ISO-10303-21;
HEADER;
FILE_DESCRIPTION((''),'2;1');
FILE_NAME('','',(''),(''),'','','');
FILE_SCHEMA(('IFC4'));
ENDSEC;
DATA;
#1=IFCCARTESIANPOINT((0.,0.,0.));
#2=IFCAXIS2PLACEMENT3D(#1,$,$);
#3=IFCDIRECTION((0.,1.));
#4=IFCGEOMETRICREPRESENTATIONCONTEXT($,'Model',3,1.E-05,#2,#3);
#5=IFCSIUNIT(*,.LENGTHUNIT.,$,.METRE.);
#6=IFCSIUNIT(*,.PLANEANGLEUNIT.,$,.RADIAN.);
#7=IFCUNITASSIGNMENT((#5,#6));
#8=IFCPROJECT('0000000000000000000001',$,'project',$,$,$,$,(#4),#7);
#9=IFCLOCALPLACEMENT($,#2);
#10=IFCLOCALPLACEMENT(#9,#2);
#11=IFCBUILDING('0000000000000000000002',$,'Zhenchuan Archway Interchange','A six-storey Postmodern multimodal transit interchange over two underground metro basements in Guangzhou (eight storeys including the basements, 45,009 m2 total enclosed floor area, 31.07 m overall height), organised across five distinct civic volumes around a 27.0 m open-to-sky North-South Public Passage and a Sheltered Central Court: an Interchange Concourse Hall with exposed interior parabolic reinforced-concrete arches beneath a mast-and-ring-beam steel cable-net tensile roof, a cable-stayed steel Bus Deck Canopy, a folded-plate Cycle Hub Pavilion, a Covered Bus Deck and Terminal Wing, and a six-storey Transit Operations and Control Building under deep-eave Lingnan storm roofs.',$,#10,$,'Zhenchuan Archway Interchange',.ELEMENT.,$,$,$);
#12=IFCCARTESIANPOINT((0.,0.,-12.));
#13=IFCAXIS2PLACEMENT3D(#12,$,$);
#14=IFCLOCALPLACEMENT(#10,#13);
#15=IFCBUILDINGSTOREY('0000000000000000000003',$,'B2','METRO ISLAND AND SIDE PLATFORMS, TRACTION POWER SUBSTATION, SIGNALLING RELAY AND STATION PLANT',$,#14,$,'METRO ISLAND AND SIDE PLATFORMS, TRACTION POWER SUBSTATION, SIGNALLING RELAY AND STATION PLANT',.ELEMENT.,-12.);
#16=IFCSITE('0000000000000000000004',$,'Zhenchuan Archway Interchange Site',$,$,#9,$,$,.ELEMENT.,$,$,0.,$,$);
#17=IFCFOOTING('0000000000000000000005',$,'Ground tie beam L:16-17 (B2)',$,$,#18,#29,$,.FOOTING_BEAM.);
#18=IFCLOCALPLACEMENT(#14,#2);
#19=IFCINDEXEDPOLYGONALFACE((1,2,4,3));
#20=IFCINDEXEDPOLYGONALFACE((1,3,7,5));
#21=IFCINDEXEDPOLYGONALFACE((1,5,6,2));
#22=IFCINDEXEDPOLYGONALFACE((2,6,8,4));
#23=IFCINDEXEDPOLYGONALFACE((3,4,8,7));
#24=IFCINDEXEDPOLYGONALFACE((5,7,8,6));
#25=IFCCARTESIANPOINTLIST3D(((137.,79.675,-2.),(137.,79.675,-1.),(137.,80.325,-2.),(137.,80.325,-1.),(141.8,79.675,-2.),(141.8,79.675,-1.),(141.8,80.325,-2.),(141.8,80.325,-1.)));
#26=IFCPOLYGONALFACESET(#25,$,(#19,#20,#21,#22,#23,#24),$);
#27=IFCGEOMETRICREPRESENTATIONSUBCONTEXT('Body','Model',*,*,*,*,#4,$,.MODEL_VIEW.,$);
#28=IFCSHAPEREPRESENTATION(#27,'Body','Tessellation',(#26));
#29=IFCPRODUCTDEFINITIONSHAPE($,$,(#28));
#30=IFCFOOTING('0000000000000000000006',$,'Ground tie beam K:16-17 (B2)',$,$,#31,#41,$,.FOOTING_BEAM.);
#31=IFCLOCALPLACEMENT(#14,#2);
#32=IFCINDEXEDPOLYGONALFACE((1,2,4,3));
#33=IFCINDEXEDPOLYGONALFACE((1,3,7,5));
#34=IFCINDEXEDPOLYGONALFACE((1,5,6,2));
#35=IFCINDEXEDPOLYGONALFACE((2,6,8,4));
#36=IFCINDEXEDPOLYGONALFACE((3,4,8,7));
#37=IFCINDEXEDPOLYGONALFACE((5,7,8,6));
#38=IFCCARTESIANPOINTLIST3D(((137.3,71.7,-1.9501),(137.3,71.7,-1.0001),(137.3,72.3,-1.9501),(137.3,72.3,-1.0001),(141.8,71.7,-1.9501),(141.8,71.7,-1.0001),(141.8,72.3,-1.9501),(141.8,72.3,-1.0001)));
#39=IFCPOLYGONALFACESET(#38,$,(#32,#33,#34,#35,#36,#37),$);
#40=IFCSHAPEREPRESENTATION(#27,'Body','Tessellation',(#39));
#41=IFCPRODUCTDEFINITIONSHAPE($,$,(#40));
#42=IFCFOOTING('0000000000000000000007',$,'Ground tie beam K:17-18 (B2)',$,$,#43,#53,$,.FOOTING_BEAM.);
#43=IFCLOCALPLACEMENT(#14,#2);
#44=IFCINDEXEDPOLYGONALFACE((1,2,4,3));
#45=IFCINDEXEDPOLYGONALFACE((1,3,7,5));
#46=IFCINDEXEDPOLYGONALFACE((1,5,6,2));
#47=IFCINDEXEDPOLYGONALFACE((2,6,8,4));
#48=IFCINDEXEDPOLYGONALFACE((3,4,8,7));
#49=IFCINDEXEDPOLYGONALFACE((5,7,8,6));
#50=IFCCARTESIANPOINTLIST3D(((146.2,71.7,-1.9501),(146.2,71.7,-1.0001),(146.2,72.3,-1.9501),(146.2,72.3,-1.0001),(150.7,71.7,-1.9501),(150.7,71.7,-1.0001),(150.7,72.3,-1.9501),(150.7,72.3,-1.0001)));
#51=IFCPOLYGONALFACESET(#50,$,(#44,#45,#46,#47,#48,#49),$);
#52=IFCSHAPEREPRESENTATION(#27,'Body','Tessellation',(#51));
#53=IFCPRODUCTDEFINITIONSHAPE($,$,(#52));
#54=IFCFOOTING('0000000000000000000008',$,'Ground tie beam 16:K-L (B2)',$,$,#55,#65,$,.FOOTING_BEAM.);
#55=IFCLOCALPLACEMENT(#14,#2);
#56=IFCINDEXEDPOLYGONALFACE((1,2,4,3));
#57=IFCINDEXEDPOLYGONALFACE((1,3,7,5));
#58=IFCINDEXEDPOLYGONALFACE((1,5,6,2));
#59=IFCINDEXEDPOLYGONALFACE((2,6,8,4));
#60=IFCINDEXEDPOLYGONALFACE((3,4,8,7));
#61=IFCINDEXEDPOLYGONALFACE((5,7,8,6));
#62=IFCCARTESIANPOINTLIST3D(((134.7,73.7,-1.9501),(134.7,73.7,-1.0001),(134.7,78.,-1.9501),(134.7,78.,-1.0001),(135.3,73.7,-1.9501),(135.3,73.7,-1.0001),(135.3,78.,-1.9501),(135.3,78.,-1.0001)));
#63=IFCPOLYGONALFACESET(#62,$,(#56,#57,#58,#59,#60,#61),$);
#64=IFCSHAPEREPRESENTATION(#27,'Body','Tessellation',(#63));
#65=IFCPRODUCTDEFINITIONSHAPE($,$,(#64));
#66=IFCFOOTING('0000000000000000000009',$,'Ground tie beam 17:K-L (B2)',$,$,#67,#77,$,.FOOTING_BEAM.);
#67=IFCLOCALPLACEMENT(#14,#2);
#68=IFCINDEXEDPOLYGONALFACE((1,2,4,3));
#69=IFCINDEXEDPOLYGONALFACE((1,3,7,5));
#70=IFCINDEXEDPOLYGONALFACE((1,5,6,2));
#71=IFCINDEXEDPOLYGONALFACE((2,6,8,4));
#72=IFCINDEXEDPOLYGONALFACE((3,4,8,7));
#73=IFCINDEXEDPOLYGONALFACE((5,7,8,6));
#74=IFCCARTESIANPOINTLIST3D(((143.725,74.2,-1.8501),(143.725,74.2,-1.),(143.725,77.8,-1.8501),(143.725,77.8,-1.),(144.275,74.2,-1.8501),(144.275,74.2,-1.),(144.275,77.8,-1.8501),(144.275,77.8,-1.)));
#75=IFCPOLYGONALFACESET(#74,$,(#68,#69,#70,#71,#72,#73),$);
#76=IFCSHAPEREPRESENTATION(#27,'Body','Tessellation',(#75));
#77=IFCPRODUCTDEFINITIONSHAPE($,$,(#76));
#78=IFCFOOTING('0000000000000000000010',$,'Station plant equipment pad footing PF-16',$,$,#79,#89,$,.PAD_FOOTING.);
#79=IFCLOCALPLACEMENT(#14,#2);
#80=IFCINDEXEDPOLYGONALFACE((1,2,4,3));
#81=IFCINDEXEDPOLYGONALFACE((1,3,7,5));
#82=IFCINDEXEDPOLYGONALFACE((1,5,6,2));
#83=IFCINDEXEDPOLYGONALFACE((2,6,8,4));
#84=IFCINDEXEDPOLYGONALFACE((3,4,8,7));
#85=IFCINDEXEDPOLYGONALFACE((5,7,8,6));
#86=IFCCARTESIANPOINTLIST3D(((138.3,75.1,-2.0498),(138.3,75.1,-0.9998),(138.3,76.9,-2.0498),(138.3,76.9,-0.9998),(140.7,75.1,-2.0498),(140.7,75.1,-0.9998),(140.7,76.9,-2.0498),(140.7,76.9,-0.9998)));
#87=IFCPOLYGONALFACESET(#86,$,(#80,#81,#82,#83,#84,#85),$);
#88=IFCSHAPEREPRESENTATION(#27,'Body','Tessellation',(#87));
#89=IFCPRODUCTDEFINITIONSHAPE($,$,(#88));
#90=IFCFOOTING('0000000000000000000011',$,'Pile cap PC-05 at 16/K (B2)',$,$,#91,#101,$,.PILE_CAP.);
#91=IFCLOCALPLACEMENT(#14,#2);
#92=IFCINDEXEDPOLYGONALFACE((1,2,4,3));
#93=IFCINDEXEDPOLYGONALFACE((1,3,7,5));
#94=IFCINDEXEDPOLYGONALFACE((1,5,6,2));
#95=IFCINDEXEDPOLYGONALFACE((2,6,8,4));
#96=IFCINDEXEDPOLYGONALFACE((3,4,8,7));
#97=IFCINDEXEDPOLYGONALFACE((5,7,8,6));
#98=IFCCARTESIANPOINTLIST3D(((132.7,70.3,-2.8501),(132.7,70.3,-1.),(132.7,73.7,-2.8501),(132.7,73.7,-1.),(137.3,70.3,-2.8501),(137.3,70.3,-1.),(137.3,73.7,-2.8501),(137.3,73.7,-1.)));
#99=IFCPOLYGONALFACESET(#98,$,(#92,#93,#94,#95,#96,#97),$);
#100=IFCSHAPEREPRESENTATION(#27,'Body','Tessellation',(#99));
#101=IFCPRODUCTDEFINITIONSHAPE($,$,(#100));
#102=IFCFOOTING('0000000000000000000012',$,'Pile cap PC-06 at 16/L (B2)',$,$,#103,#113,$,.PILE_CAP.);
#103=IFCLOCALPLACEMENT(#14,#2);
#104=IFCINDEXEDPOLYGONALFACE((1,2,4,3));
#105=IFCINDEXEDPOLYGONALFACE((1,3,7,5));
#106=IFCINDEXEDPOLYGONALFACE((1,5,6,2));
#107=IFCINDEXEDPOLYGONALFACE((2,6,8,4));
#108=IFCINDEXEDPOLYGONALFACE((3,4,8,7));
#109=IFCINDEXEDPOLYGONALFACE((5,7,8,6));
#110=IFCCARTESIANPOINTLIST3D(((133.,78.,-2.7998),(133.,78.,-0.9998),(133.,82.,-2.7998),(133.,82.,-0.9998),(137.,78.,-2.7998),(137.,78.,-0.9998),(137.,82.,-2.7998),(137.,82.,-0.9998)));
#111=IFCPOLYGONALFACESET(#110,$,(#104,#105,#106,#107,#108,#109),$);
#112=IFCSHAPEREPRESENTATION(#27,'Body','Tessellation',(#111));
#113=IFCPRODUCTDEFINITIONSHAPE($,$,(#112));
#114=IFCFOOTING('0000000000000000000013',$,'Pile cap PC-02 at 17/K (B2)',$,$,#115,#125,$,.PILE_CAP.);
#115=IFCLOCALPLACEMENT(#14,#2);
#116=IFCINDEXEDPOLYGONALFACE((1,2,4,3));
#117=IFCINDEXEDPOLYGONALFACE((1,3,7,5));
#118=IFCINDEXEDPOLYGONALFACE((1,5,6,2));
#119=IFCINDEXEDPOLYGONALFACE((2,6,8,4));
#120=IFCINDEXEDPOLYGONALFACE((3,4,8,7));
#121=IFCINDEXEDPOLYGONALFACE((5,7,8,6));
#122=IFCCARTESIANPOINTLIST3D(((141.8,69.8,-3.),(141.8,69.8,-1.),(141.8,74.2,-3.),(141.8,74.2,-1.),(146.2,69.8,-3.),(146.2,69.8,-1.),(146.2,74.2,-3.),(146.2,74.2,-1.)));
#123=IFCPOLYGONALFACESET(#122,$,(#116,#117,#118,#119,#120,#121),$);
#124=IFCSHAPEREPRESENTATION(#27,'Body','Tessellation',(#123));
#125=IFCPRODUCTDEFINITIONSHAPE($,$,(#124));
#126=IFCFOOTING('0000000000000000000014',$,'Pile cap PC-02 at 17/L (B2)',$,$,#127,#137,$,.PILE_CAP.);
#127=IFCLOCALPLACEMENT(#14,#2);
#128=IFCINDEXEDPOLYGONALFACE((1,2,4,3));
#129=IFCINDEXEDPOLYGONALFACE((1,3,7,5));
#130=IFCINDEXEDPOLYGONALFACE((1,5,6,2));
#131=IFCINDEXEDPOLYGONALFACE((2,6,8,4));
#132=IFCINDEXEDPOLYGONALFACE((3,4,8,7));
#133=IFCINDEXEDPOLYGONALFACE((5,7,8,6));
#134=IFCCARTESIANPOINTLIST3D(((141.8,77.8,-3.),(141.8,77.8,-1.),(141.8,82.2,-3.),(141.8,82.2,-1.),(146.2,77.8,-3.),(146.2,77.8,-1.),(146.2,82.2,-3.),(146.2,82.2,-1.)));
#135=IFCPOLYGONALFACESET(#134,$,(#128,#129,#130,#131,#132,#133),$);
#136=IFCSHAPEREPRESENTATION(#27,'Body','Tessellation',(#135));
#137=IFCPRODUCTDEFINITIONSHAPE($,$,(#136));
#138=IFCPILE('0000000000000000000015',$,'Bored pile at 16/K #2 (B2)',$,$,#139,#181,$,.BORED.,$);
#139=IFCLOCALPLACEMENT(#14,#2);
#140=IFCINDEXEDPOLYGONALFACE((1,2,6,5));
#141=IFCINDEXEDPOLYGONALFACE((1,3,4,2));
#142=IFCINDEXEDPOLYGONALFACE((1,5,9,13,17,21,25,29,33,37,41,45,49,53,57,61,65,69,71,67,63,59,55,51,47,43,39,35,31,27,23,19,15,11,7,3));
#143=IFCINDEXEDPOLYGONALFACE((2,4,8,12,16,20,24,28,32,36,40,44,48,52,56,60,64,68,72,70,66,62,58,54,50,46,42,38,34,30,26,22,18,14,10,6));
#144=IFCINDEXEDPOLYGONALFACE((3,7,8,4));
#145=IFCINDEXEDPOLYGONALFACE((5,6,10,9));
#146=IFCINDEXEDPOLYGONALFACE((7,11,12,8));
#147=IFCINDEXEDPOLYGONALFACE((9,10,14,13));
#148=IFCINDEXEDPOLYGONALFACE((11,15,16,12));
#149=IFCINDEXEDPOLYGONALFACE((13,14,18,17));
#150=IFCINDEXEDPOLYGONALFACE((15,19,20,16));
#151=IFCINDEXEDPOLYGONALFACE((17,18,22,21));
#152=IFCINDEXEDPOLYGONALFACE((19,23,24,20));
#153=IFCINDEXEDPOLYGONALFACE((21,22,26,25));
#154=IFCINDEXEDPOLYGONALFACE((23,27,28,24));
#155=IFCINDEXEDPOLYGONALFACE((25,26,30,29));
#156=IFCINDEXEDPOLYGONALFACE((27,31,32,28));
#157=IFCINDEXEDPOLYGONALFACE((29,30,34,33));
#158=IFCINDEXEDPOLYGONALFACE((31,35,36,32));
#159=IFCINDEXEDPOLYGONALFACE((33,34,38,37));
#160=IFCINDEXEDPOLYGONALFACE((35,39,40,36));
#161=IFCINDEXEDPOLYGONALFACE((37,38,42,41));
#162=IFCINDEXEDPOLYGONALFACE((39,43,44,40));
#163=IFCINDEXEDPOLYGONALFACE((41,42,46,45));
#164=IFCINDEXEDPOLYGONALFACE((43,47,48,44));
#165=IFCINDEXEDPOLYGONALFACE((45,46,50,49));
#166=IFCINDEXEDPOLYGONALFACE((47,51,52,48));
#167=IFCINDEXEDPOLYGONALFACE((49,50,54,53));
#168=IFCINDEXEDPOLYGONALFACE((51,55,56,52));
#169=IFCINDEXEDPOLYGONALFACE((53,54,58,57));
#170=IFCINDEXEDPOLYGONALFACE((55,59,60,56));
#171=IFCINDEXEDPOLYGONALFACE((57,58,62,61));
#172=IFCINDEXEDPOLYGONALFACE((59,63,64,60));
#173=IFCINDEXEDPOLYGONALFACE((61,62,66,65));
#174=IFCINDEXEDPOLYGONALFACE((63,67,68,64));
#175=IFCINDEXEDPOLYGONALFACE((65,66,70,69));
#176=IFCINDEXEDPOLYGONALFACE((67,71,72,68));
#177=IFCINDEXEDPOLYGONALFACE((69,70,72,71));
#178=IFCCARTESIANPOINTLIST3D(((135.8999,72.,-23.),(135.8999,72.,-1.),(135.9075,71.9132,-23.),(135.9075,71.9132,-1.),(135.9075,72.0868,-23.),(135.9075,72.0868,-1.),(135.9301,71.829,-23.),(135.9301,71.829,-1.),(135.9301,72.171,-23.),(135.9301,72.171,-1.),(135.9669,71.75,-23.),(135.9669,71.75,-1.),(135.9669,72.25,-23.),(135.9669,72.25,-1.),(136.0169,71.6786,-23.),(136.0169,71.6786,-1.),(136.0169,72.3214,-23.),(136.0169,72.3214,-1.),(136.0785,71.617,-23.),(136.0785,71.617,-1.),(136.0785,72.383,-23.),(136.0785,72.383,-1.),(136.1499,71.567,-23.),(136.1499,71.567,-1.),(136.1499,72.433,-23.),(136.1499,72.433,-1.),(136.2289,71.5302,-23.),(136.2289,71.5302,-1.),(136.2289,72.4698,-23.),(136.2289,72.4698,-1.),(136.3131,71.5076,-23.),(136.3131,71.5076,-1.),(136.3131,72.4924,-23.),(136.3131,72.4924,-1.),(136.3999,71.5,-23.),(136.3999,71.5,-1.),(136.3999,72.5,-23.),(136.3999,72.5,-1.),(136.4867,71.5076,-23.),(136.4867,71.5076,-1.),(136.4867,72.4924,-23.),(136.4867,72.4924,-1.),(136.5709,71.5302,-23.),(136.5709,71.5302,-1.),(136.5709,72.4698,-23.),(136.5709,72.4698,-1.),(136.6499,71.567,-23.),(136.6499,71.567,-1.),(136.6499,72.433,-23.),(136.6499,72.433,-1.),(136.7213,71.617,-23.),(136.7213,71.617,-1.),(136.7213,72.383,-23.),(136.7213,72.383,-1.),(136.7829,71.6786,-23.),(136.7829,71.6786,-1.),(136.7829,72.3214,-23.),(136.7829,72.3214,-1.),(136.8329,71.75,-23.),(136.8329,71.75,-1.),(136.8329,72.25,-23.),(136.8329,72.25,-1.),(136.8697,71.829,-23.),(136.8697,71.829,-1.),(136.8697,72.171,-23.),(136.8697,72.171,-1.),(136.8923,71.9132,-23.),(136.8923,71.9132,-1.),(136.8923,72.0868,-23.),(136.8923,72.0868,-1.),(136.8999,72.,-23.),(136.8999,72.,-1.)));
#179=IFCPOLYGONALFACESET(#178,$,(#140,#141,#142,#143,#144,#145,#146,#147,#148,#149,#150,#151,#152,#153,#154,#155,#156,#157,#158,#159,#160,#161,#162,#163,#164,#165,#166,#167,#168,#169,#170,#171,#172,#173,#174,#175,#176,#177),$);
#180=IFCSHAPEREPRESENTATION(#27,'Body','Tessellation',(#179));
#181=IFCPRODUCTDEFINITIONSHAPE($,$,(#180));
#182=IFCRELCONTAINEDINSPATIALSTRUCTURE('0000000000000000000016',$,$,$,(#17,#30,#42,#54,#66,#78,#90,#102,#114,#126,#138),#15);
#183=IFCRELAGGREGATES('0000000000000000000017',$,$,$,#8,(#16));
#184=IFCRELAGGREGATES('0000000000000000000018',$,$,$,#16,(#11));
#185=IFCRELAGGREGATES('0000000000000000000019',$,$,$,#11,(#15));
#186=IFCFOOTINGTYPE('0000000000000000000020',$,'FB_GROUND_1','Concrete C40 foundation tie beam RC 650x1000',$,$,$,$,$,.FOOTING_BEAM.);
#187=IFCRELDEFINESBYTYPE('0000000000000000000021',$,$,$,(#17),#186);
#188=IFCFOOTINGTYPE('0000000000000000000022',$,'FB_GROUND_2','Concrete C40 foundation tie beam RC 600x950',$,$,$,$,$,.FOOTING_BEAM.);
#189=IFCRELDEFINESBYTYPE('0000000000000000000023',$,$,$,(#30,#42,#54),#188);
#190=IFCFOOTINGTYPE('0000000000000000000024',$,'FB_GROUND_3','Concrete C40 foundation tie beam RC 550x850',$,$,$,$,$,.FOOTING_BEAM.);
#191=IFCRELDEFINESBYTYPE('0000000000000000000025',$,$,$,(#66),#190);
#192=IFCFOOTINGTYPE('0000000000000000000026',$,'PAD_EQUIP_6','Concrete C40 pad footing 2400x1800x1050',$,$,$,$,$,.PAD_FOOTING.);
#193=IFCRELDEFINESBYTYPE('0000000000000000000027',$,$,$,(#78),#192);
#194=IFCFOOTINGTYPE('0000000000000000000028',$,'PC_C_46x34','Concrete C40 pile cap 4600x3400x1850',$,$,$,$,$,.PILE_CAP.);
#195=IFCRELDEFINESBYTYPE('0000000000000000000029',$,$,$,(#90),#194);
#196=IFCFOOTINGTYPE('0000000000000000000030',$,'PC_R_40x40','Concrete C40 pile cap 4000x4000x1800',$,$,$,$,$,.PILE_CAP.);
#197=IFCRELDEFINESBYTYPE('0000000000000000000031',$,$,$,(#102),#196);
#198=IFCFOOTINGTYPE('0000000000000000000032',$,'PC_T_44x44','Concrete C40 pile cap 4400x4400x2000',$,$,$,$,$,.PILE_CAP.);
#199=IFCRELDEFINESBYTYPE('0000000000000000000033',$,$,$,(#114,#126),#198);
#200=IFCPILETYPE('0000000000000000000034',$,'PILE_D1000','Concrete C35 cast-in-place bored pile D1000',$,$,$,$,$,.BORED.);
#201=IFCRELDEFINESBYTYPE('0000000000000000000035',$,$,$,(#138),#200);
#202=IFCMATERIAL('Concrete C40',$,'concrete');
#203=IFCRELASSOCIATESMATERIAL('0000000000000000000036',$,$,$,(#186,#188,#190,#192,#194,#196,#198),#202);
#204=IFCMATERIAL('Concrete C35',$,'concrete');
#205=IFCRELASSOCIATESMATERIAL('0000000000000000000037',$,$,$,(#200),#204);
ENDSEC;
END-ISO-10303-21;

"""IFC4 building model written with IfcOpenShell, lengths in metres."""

from ifc_helpers import new_model, si_unit, direction, frame, origin, origin_2d, place, context, subcontext, project, spatial, rectangle, circle, extrude, material, material_profile, profile_set, type_object, element, save


model = new_model("IFC4")

# Units and contexts
model_context = context("Model", 3, precision=1e-05, world=origin(), true_north=direction((0.0, 1.0)))
body_context = subcontext(model_context, "Body", "Model", "MODEL_VIEW")
ifc_project = project(units=[si_unit("LENGTHUNIT", "METRE"), si_unit("PLANEANGLEUNIT", "RADIAN")], contexts=[model_context])

# Site, building, storey
site_placement = place(None, origin())
site = spatial("IfcSite", under=ifc_project, at=site_placement, Name="Zhenchuan Archway Interchange Site", CompositionType="ELEMENT", RefElevation=0.0)
building_placement = place(site_placement, origin())
building = spatial("IfcBuilding", under=site, at=building_placement, Name="Zhenchuan Archway Interchange", Description="A six-storey Postmodern multimodal transit interchange over two underground metro basements in Guangzhou (eight storeys including the basements, 45,009 m2 total enclosed floor area, 31.07 m overall height), organised across five distinct civic volumes around a 27.0 m open-to-sky North-South Public Passage and a Sheltered Central Court: an Interchange Concourse Hall with exposed interior parabolic reinforced-concrete arches beneath a mast-and-ring-beam steel cable-net tensile roof, a cable-stayed steel Bus Deck Canopy, a folded-plate Cycle Hub Pavilion, a Covered Bus Deck and Terminal Wing, and a six-storey Transit Operations and Control Building under deep-eave Lingnan storm roofs.", LongName="Zhenchuan Archway Interchange", CompositionType="ELEMENT")
storey_placement = place(building_placement, frame((0.0, 0.0, -12.0)))
storey = spatial("IfcBuildingStorey", under=building, at=storey_placement, Name="B2", Description="METRO ISLAND AND SIDE PLATFORMS, TRACTION POWER SUBSTATION, SIGNALLING RELAY AND STATION PLANT", LongName="METRO ISLAND AND SIDE PLATFORMS, TRACTION POWER SUBSTATION, SIGNALLING RELAY AND STATION PLANT", CompositionType="ELEMENT", Elevation=-12.0)

# Footings
ifc_material_1 = material(Name="Concrete C40", Category="concrete")
ifc_material_profile_1 = material_profile(ifc_material_1, rectangle(XDim=0.6499, YDim=1.0, at=origin_2d()), Name="RC 650x1000")
ifc_profile_set_1 = profile_set([ifc_material_profile_1], Name="Concrete C40")
footing_type_1 = type_object("IfcFootingType", Name="FB_GROUND_1", Description="Concrete C40 foundation tie beam RC 650x1000", PredefinedType="FOOTING_BEAM", material=ifc_profile_set_1)
footing_1_placement = place(storey_placement, frame((137.0, 80.0, -1.5), z_axis=(1.0, 0.0, 0.0), x_axis=(0.0, 1.0, 0.0)))
element("IfcFooting", 1, at=footing_1_placement, inside=storey, type_object=footing_type_1, Name="Ground tie beam L:16-17 (B2)", PredefinedType="FOOTING_BEAM", context=body_context, shape_type="SweptSolid", body=[
    extrude(rectangle(XDim=0.6499, YDim=1.0, at=origin_2d()), origin(), (0.0, 0.0, 1.0), 4.8),
])
ifc_material_profile_2 = material_profile(ifc_material_1, rectangle(XDim=0.6001, YDim=0.95, at=origin_2d()), Name="RC 600x950")
ifc_profile_set_2 = profile_set([ifc_material_profile_2], Name="Concrete C40")
footing_type_2 = type_object("IfcFootingType", Name="FB_GROUND_2", Description="Concrete C40 foundation tie beam RC 600x950", PredefinedType="FOOTING_BEAM", material=ifc_profile_set_2)
for number, where, z_axis, x_axis, name in (
    (2, (137.3, 72.0, -1.4751), (1.0, 0.0, 0.0), (0.0, 1.0, 0.0), "Ground tie beam K:16-17 (B2)"),
    (3, (146.2, 72.0, -1.4751), (1.0, 0.0, 0.0), (0.0, 1.0, 0.0), "Ground tie beam K:17-18 (B2)"),
):
    element("IfcFooting", number, at=place(storey_placement, frame(where, z_axis=z_axis, x_axis=x_axis)), inside=storey, type_object=footing_type_2, Name=name, PredefinedType="FOOTING_BEAM", context=body_context, shape_type="SweptSolid", body=[
        extrude(rectangle(XDim=0.6001, YDim=0.95, at=origin_2d()), origin(), (0.0, 0.0, 1.0), 4.5),
    ])
footing_2_placement = place(storey_placement, frame((135.0, 73.7, -1.4751), z_axis=(0.0, 1.0, 0.0), x_axis=(-1.0, 0.0, 0.0)))
element("IfcFooting", 4, at=footing_2_placement, inside=storey, type_object=footing_type_2, Name="Ground tie beam 16:K-L (B2)", PredefinedType="FOOTING_BEAM", context=body_context, shape_type="SweptSolid", body=[
    extrude(rectangle(XDim=0.6001, YDim=0.95, at=origin_2d()), origin(), (0.0, 0.0, 1.0), 4.3),
])
ifc_material_profile_3 = material_profile(ifc_material_1, rectangle(XDim=0.55, YDim=0.8501, at=origin_2d()), Name="RC 550x850")
ifc_profile_set_3 = profile_set([ifc_material_profile_3], Name="Concrete C40")
footing_type_3 = type_object("IfcFootingType", Name="FB_GROUND_3", Description="Concrete C40 foundation tie beam RC 550x850", PredefinedType="FOOTING_BEAM", material=ifc_profile_set_3)
footing_3_placement = place(storey_placement, frame((144.0, 74.2, -1.425), z_axis=(0.0, 1.0, 0.0), x_axis=(-1.0, 0.0, 0.0)))
element("IfcFooting", 5, at=footing_3_placement, inside=storey, type_object=footing_type_3, Name="Ground tie beam 17:K-L (B2)", PredefinedType="FOOTING_BEAM", context=body_context, shape_type="SweptSolid", body=[
    extrude(rectangle(XDim=0.55, YDim=0.8501, at=origin_2d()), origin(), (0.0, 0.0, 1.0), 3.6001),
])
footing_type_4 = type_object("IfcFootingType", Name="PAD_EQUIP_6", Description="Concrete C40 pad footing 2400x1800x1050", PredefinedType="PAD_FOOTING", material=ifc_material_1)
footing_4_placement = place(storey_placement, frame((139.5, 76.0, -2.0498), z_axis=(0.0, 0.0, 1.0), x_axis=(1.0, 0.0, 0.0)))
element("IfcFooting", 6, at=footing_4_placement, inside=storey, type_object=footing_type_4, Name="Station plant equipment pad footing PF-16", PredefinedType="PAD_FOOTING", context=body_context, shape_type="SweptSolid", body=[
    extrude(rectangle(XDim=2.3999, YDim=1.8, at=origin_2d()), origin(), (0.0, 0.0, 1.0), 1.05),
])
footing_type_5 = type_object("IfcFootingType", Name="PC_C_46x34", Description="Concrete C40 pile cap 4600x3400x1850", PredefinedType="PILE_CAP", material=ifc_material_1)
footing_5_placement = place(storey_placement, frame((135.0, 72.0, -2.8501), z_axis=(0.0, 0.0, 1.0), x_axis=(1.0, 0.0, 0.0)))
element("IfcFooting", 7, at=footing_5_placement, inside=storey, type_object=footing_type_5, Name="Pile cap PC-05 at 16/K (B2)", PredefinedType="PILE_CAP", context=body_context, shape_type="SweptSolid", body=[
    extrude(rectangle(XDim=4.6001, YDim=3.3999, at=origin_2d()), origin(), (0.0, 0.0, 1.0), 1.8501),
])
footing_type_6 = type_object("IfcFootingType", Name="PC_R_40x40", Description="Concrete C40 pile cap 4000x4000x1800", PredefinedType="PILE_CAP", material=ifc_material_1)
footing_6_placement = place(storey_placement, frame((135.0, 80.0, -2.7998), z_axis=(0.0, 0.0, 1.0), x_axis=(1.0, 0.0, 0.0)))
element("IfcFooting", 8, at=footing_6_placement, inside=storey, type_object=footing_type_6, Name="Pile cap PC-06 at 16/L (B2)", PredefinedType="PILE_CAP", context=body_context, shape_type="SweptSolid", body=[
    extrude(rectangle(XDim=4.0, YDim=4.0, at=origin_2d()), origin(), (0.0, 0.0, 1.0), 1.8),
])
footing_type_7 = type_object("IfcFootingType", Name="PC_T_44x44", Description="Concrete C40 pile cap 4400x4400x2000", PredefinedType="PILE_CAP", material=ifc_material_1)
for number, where, z_axis, x_axis, name in (
    (9, (144.0, 72.0, -3.0), (0.0, 0.0, 1.0), (1.0, 0.0, 0.0), "Pile cap PC-02 at 17/K (B2)"),
    (10, (144.0, 80.0, -3.0), (0.0, 0.0, 1.0), (1.0, 0.0, 0.0), "Pile cap PC-02 at 17/L (B2)"),
):
    element("IfcFooting", number, at=place(storey_placement, frame(where, z_axis=z_axis, x_axis=x_axis)), inside=storey, type_object=footing_type_7, Name=name, PredefinedType="PILE_CAP", context=body_context, shape_type="SweptSolid", body=[
        extrude(rectangle(XDim=4.3999, YDim=4.3999, at=origin_2d()), origin(), (0.0, 0.0, 1.0), 2.0),
    ])

# Pile
ifc_material_2 = material(Name="Concrete C35", Category="concrete")
ifc_material_profile_4 = material_profile(ifc_material_2, circle(Radius=0.5, at=origin_2d()), Name="BORED PILE 1000")
ifc_profile_set_4 = profile_set([ifc_material_profile_4], Name="Concrete C35")
pile_type_1 = type_object("IfcPileType", Name="PILE_D1000", Description="Concrete C35 cast-in-place bored pile D1000", PredefinedType="BORED", material=ifc_profile_set_4)
for number, where, z_axis, x_axis, name in (
    (11, (136.3999, 72.0, -1.0), (0.0, 0.0, -1.0), (1.0, 0.0, 0.0), "Bored pile at 16/K #2 (B2)"),
):
    element("IfcPile", number, at=place(storey_placement, frame(where, z_axis=z_axis, x_axis=x_axis)), inside=storey, type_object=pile_type_1, Name=name, PredefinedType="BORED", context=body_context, shape_type="SweptSolid", body=[
        extrude(circle(Radius=0.5, at=origin_2d()), origin(), (0.0, 0.0, 1.0), 22.0),
    ])

save(model, "model.ifc")
